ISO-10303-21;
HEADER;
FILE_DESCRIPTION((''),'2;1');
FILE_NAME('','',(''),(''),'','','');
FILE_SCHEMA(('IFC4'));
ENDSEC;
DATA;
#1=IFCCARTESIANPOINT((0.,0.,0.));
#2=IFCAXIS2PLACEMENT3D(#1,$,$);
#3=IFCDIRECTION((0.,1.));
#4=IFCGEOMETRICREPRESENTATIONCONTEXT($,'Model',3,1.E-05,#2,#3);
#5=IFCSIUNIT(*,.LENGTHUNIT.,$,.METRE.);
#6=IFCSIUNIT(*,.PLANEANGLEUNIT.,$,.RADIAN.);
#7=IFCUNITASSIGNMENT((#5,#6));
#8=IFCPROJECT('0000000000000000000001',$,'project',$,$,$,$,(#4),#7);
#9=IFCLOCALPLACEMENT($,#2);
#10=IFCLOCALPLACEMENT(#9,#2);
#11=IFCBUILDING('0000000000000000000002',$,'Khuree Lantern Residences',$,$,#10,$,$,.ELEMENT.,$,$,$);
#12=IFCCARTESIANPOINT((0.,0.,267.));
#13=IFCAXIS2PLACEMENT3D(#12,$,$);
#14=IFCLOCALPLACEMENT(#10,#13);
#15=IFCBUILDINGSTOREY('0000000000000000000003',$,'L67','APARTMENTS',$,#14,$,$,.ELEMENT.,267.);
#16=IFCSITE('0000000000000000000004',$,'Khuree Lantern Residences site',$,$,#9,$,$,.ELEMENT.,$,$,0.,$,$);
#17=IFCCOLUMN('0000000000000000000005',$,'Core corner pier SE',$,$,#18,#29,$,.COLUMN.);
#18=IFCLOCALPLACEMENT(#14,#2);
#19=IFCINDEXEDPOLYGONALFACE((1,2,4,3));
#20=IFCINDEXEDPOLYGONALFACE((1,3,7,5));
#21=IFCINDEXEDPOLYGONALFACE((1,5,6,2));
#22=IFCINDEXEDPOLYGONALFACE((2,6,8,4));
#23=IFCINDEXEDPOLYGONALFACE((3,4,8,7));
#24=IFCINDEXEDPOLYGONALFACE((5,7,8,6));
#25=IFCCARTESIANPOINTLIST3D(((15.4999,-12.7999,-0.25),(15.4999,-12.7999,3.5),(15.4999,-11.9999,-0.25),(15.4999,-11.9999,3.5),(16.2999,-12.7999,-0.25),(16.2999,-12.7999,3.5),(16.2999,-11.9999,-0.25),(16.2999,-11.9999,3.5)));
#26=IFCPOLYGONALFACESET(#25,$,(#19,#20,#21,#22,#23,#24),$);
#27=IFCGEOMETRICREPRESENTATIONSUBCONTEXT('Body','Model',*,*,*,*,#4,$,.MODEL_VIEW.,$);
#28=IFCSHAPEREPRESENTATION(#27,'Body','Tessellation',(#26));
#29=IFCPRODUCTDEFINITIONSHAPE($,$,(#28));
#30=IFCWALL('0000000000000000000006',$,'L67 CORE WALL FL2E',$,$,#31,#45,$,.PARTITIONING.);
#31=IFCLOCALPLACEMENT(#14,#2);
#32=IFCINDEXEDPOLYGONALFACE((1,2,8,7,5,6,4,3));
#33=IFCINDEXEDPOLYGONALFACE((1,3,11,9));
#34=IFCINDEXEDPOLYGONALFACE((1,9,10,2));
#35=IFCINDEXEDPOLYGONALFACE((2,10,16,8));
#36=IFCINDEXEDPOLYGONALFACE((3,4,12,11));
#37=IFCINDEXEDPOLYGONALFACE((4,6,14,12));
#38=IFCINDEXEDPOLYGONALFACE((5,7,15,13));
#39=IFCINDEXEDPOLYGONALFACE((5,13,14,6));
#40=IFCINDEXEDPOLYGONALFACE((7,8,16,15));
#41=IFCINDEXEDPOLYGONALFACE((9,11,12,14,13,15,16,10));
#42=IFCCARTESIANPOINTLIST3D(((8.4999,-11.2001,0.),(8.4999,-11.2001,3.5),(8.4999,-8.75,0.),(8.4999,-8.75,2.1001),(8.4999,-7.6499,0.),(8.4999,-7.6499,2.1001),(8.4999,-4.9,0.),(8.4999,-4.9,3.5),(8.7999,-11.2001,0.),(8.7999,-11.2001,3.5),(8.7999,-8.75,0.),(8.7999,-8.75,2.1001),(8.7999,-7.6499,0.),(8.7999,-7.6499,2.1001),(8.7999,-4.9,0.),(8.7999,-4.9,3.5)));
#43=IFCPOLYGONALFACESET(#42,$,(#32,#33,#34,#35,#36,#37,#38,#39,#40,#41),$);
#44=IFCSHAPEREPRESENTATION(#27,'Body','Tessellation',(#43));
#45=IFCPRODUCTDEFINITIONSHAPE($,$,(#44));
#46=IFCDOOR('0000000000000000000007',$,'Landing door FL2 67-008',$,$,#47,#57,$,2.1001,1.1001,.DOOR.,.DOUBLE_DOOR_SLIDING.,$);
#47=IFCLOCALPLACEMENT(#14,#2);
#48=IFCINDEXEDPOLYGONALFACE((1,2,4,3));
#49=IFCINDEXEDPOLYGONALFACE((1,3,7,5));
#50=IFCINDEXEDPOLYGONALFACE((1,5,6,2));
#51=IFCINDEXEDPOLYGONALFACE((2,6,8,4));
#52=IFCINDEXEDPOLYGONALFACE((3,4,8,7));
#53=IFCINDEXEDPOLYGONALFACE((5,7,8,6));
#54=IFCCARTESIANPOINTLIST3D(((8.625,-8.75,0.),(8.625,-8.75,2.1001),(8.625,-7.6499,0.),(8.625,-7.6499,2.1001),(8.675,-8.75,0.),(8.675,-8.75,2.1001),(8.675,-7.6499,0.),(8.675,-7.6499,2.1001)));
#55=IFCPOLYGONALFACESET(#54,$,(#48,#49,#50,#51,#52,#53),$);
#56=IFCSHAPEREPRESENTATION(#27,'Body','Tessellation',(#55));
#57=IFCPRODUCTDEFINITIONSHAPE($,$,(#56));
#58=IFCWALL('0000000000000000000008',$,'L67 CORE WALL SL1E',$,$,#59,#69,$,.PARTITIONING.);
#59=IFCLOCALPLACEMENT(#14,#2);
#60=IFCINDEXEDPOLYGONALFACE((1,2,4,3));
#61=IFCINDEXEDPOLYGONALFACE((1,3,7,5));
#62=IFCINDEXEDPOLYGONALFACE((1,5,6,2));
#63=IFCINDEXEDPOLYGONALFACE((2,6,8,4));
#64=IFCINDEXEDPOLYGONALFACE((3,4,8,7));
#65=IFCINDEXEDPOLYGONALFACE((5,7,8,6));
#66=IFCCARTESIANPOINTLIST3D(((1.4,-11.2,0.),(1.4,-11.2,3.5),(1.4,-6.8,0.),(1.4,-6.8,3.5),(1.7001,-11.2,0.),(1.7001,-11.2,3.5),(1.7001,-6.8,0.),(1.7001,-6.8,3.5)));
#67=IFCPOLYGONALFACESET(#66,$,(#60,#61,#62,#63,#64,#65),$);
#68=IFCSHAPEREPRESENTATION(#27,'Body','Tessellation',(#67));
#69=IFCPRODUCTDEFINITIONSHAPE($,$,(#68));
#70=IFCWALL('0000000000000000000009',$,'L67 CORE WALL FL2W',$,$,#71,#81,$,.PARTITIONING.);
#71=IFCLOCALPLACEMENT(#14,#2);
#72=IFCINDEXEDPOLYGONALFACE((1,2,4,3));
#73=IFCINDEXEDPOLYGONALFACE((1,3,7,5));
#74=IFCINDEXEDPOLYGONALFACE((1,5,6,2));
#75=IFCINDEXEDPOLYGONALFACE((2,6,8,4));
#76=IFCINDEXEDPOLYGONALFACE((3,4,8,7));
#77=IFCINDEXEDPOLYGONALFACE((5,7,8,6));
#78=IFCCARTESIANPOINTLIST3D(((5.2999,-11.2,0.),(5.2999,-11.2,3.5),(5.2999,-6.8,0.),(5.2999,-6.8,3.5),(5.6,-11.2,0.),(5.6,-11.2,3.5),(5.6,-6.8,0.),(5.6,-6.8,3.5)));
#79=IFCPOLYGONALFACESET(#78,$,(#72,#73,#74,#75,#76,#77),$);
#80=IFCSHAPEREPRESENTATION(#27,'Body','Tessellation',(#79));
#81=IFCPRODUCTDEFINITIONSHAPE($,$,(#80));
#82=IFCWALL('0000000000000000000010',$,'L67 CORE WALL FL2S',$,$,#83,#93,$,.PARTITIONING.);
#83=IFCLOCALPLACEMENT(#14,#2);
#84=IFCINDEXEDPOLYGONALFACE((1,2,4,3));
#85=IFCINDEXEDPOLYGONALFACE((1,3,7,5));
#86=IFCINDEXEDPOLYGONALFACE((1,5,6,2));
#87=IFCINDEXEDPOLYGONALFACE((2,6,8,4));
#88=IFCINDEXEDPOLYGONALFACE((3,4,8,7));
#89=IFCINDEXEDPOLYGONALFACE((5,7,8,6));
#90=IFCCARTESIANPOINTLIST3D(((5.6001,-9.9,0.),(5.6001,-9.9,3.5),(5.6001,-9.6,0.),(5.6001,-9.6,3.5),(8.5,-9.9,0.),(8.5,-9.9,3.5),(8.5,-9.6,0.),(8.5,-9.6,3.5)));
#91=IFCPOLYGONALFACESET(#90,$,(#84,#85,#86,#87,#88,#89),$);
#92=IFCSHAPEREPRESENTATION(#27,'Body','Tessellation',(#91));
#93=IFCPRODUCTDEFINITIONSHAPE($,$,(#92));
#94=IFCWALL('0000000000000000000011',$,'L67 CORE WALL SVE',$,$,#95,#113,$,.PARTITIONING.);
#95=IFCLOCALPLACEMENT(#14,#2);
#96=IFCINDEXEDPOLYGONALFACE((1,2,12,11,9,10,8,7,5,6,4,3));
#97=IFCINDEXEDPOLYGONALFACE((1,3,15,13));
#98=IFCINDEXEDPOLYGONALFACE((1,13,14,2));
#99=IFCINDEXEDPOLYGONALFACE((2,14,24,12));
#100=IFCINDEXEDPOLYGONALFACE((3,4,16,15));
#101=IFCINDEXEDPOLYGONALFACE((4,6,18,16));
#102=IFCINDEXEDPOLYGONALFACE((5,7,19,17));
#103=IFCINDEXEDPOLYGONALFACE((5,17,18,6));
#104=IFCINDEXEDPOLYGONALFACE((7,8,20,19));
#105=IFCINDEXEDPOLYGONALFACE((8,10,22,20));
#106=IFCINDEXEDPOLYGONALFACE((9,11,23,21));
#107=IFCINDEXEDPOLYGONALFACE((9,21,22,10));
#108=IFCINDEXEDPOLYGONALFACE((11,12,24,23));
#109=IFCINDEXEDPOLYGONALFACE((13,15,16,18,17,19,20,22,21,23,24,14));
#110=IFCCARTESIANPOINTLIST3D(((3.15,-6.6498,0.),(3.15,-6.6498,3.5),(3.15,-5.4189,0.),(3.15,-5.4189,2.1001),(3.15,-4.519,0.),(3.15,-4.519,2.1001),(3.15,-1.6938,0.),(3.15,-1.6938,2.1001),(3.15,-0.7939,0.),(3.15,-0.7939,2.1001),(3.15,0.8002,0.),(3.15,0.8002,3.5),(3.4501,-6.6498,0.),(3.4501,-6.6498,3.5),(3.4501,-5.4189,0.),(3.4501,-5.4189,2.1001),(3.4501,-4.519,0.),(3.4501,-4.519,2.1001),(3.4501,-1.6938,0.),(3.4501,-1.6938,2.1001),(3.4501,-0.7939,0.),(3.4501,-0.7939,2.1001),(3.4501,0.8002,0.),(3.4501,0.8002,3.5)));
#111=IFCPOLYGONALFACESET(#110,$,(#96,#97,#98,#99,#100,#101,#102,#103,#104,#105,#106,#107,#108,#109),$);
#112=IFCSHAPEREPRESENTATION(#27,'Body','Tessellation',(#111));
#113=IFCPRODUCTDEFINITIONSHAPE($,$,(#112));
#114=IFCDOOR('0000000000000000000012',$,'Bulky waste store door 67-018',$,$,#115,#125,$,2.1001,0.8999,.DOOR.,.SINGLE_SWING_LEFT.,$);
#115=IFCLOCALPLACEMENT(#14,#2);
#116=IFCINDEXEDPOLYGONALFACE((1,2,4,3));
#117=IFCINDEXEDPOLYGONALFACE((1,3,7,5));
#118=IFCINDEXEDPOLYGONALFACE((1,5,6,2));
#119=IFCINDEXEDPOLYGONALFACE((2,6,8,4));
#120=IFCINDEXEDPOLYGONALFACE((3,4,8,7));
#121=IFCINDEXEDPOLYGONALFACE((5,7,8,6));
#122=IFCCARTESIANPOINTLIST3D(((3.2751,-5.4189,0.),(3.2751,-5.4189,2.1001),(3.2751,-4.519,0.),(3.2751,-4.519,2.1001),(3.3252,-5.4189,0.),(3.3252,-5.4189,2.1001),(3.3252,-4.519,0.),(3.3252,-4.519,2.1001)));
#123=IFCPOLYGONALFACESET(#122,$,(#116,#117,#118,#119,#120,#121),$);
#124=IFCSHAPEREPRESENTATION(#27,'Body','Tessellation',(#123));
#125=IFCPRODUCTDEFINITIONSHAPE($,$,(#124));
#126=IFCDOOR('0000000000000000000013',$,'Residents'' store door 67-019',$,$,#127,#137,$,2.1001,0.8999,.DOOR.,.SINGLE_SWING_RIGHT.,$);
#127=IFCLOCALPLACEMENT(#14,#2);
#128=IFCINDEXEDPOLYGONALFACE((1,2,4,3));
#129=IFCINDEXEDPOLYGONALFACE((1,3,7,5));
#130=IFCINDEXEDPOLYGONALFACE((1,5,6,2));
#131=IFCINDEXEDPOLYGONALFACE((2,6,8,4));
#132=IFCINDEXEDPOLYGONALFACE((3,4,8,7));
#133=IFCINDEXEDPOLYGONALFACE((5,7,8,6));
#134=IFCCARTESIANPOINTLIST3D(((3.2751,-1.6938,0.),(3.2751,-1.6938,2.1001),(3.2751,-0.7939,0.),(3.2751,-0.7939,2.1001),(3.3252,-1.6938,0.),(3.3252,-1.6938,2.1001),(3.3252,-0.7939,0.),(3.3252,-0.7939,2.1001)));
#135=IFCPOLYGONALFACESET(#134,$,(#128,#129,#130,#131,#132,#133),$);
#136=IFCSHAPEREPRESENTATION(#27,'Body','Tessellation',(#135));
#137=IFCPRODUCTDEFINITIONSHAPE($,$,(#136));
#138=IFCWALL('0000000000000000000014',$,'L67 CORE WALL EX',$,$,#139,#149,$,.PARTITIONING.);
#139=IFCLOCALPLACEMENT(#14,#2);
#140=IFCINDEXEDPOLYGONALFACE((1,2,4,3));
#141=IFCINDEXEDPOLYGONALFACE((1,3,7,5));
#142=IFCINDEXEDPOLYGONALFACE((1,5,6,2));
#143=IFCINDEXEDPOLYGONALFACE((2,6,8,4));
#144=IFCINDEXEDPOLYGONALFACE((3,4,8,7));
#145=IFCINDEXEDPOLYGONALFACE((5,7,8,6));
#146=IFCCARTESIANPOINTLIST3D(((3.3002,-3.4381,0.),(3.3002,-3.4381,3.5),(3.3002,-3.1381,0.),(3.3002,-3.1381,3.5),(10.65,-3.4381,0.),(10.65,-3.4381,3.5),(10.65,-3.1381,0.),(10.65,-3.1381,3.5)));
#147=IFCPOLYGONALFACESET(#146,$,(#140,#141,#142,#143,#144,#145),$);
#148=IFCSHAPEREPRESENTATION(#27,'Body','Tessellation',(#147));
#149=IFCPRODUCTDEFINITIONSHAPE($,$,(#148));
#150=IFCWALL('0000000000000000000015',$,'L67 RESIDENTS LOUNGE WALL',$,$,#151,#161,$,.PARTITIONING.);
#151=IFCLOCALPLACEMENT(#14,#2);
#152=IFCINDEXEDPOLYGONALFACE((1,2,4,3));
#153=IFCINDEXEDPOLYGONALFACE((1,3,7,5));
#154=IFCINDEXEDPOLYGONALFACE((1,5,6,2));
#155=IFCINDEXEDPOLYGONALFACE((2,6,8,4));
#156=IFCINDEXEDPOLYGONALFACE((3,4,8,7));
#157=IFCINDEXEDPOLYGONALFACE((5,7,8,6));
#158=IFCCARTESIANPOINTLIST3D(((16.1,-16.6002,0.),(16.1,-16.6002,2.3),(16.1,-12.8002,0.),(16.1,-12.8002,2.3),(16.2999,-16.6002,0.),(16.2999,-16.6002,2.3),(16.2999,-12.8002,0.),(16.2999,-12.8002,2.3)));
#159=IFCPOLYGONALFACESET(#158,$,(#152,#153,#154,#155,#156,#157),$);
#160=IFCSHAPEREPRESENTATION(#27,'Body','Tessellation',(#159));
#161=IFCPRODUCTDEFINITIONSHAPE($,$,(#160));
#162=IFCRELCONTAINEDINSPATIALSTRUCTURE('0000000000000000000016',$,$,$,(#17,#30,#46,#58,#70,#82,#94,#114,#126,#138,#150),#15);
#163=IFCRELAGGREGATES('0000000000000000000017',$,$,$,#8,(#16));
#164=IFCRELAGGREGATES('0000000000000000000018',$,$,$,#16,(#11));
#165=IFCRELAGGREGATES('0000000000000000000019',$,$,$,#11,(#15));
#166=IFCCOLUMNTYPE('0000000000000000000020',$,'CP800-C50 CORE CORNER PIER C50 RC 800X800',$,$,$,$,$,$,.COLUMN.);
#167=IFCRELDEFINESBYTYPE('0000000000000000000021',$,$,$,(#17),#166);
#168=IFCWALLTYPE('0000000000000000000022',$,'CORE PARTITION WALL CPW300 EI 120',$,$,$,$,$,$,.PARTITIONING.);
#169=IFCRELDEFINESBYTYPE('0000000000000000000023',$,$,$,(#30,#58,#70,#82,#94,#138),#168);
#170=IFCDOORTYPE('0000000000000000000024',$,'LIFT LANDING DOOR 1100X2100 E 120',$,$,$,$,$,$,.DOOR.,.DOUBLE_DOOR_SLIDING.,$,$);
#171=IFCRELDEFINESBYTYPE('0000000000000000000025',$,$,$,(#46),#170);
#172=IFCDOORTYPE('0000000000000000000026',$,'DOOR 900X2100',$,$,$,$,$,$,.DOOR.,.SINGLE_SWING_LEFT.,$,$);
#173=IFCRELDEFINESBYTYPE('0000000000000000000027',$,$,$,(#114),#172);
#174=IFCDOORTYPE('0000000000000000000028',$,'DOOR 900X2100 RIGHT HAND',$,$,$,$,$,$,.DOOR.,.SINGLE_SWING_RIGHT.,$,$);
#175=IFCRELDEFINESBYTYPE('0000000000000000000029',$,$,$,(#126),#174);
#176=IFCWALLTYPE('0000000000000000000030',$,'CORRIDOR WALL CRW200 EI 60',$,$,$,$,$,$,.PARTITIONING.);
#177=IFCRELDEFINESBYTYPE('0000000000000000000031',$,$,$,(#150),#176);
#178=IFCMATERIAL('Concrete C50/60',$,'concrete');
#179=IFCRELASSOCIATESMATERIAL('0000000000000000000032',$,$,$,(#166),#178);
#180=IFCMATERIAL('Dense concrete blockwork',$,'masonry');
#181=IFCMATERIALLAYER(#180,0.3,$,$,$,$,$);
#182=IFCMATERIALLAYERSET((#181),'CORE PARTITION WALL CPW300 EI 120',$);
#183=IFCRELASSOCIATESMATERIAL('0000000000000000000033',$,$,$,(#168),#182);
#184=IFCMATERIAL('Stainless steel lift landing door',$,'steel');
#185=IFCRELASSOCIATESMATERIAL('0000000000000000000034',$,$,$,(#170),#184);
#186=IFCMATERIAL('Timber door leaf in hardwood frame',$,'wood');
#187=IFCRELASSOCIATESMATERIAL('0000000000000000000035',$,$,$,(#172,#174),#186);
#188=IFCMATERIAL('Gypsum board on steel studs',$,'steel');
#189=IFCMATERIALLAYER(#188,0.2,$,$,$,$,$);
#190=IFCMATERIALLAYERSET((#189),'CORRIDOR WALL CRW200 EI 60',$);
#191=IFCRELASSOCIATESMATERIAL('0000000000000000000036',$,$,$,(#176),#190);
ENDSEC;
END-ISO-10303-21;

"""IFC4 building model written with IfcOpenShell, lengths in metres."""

from ifc_helpers import new_model, si_unit, direction, frame, frame_2d, origin, origin_2d, place, context, subcontext, project, spatial, rectangle, extrude, material, layer, layer_set, material_profile, profile_set, type_object, element, fill, save


model = new_model("IFC4")

# Units and contexts
model_context = context("Model", 3, precision=1e-05, world=origin(), true_north=direction((0.0, 1.0)))
body_context = subcontext(model_context, "Body", "Model", "MODEL_VIEW")
ifc_project = project(units=[si_unit("LENGTHUNIT", "METRE"), si_unit("PLANEANGLEUNIT", "RADIAN")], contexts=[model_context])

# Site, building, storey
site_placement = place(None, origin())
site = spatial("IfcSite", under=ifc_project, at=site_placement, Name="Khuree Lantern Residences site", CompositionType="ELEMENT", RefElevation=0.0)
building_placement = place(site_placement, origin())
building = spatial("IfcBuilding", under=site, at=building_placement, Name="Khuree Lantern Residences", CompositionType="ELEMENT")
storey_placement = place(building_placement, frame((0.0, 0.0, 267.0)))
storey = spatial("IfcBuildingStorey", under=building, at=storey_placement, Name="L67", Description="APARTMENTS", CompositionType="ELEMENT", Elevation=267.0)

# Column
ifc_material_1 = material(Name="Concrete C50/60", Category="concrete")
ifc_material_profile = material_profile(ifc_material_1, rectangle(XDim=0.8, YDim=0.8, at=origin_2d()), Name="RC 800X800")
ifc_profile_set = profile_set([ifc_material_profile], Name="Concrete C50/60")
column_type = type_object("IfcColumnType", Name="CP800-C50 CORE CORNER PIER C50 RC 800X800", PredefinedType="COLUMN", material=ifc_profile_set)
column_placement = place(storey_placement, frame((15.8999, -12.3999, -0.25), z_axis=(0.0, 0.0, 1.0), x_axis=(1.0, 0.0, 0.0)))
element("IfcColumn", 1, at=column_placement, inside=storey, type_object=column_type, Name="Core corner pier SE", PredefinedType="COLUMN", context=body_context, shape_type="SweptSolid", body=[
    extrude(rectangle(XDim=0.8, YDim=0.8, at=origin_2d()), origin(), (0.0, 0.0, 1.0), 3.75),
])

# Wall, opening, door
ifc_material_2 = material(Name="Dense concrete blockwork", Category="masonry")
ifc_layer_1 = layer(ifc_material_2, 0.3)
ifc_layer_set_1 = layer_set([ifc_layer_1], Name="CORE PARTITION WALL CPW300 EI 120")
wall_type_1 = type_object("IfcWallType", Name="CORE PARTITION WALL CPW300 EI 120", PredefinedType="PARTITIONING", material=ifc_layer_set_1)
wall_1_placement = place(storey_placement, frame((8.6499, -11.2, 0.0), z_axis=(0.0, 0.0, 1.0), x_axis=(0.0, 1.0, 0.0)))
wall_1 = element("IfcWall", 2, at=wall_1_placement, inside=storey, type_object=wall_type_1, Name="L67 CORE WALL FL2E", PredefinedType="PARTITIONING", context=body_context, shape_type="SweptSolid", body=[
    extrude(rectangle(XDim=6.3, YDim=0.3, at=frame_2d((3.1499, 0.0))), origin(), (0.0, 0.0, 1.0), 3.5),
])
opening_1_placement = place(wall_1_placement, frame((2.45, 0.0, 0.0)))
opening_1 = element("IfcOpeningElement", 3, at=opening_1_placement, cuts=wall_1, PredefinedType="OPENING", context=body_context, shape_type="SweptSolid", body=[
    extrude(rectangle(XDim=1.1001, YDim=2.1001, at=frame_2d((0.55, 1.05))), frame((0.0, 0.1602, 0.0), z_axis=(0.0, -1.0, 0.0), x_axis=(1.0, 0.0, 0.0)), (0.0, 0.0, 1.0), 0.3201),
])
ifc_material_3 = material(Name="Stainless steel lift landing door", Category="steel")
door_type_1 = type_object("IfcDoorType", Name="LIFT LANDING DOOR 1100X2100 E 120", OperationType="DOUBLE_DOOR_SLIDING", PredefinedType="DOOR", material=ifc_material_3)
door_1_placement = place(opening_1_placement, origin())
door_1 = element("IfcDoor", 4, at=door_1_placement, inside=storey, type_object=door_type_1, Name="Landing door FL2 67-008", OperationType="DOUBLE_DOOR_SLIDING", OverallHeight=2.1001, OverallWidth=1.1001, PredefinedType="DOOR", context=body_context, shape_type="SweptSolid", body=[
    extrude(rectangle(XDim=1.1001, YDim=2.1001, at=frame_2d((0.55, 1.05))), frame((0.0, 0.0249, 0.0), z_axis=(0.0, -1.0, 0.0), x_axis=(1.0, 0.0, 0.0)), (0.0, 0.0, 1.0), 0.05),
])
fill(opening_1, door_1)

# Walls
for number, where, z_axis, x_axis, name in (
    (5, (1.55, -11.2, 0.0), (0.0, 0.0, 1.0), (0.0, 1.0, 0.0), "L67 CORE WALL SL1E"),
    (6, (5.45, -11.2, 0.0), (0.0, 0.0, 1.0), (0.0, 1.0, 0.0), "L67 CORE WALL FL2W"),
):
    element("IfcWall", number, at=place(storey_placement, frame(where, z_axis=z_axis, x_axis=x_axis)), inside=storey, type_object=wall_type_1, Name=name, PredefinedType="PARTITIONING", context=body_context, shape_type="SweptSolid", body=[
        extrude(rectangle(XDim=4.3999, YDim=0.3, at=frame_2d((2.2, 0.0))), origin(), (0.0, 0.0, 1.0), 3.5),
    ])
wall_2_placement = place(storey_placement, frame((5.6001, -9.75, 0.0), z_axis=(0.0, 0.0, 1.0), x_axis=(1.0, 0.0, 0.0)))
element("IfcWall", 7, at=wall_2_placement, inside=storey, type_object=wall_type_1, Name="L67 CORE WALL FL2S", PredefinedType="PARTITIONING", context=body_context, shape_type="SweptSolid", body=[
    extrude(rectangle(XDim=2.8999, YDim=0.3, at=frame_2d((1.45, 0.0))), origin(), (0.0, 0.0, 1.0), 3.5),
])

# Wall, openings, doors
wall_3_placement = place(storey_placement, frame((3.3, -6.6499, 0.0), z_axis=(0.0, 0.0, 1.0), x_axis=(0.0, 1.0, 0.0)))
wall_3 = element("IfcWall", 8, at=wall_3_placement, inside=storey, type_object=wall_type_1, Name="L67 CORE WALL SVE", PredefinedType="PARTITIONING", context=body_context, shape_type="SweptSolid", body=[
    extrude(rectangle(XDim=7.45, YDim=0.3, at=frame_2d((3.7251, 0.0))), origin(), (0.0, 0.0, 1.0), 3.5),
])
opening_2_placement = place(wall_3_placement, frame((1.231, 0.0, 0.0)))
opening_2 = element("IfcOpeningElement", 9, at=opening_2_placement, cuts=wall_3, PredefinedType="OPENING", context=body_context, shape_type="SweptSolid", body=[
    extrude(rectangle(XDim=0.8999, YDim=2.1001, at=frame_2d((0.45, 1.05))), frame((0.0, 0.1602, 0.0), z_axis=(0.0, -1.0, 0.0), x_axis=(1.0, 0.0, 0.0)), (0.0, 0.0, 1.0), 0.3201),
])
opening_3_placement = place(wall_3_placement, frame((4.9561, 0.0, 0.0)))
opening_3 = element("IfcOpeningElement", 10, at=opening_3_placement, cuts=wall_3, PredefinedType="OPENING", context=body_context, shape_type="SweptSolid", body=[
    extrude(rectangle(XDim=0.8999, YDim=2.1001, at=frame_2d((0.45, 1.05))), frame((0.0, 0.1602, 0.0), z_axis=(0.0, -1.0, 0.0), x_axis=(1.0, 0.0, 0.0)), (0.0, 0.0, 1.0), 0.3201),
])
ifc_material_4 = material(Name="Timber door leaf in hardwood frame", Category="wood")
door_type_2 = type_object("IfcDoorType", Name="DOOR 900X2100", OperationType="SINGLE_SWING_LEFT", PredefinedType="DOOR", material=ifc_material_4)
door_2_placement = place(opening_2_placement, origin())
door_2 = element("IfcDoor", 11, at=door_2_placement, inside=storey, type_object=door_type_2, Name="Bulky waste store door 67-018", OperationType="SINGLE_SWING_LEFT", OverallHeight=2.1001, OverallWidth=0.8999, PredefinedType="DOOR", context=body_context, shape_type="SweptSolid", body=[
    extrude(rectangle(XDim=0.8999, YDim=2.1001, at=frame_2d((0.45, 1.05))), frame((0.0, 0.0249, 0.0), z_axis=(0.0, -1.0, 0.0), x_axis=(1.0, 0.0, 0.0)), (0.0, 0.0, 1.0), 0.05),
])
fill(opening_2, door_2)
door_type_3 = type_object("IfcDoorType", Name="DOOR 900X2100 RIGHT HAND", OperationType="SINGLE_SWING_RIGHT", PredefinedType="DOOR", material=ifc_material_4)
door_3_placement = place(opening_3_placement, origin())
door_3 = element("IfcDoor", 12, at=door_3_placement, inside=storey, type_object=door_type_3, Name="Residents' store door 67-019", OperationType="SINGLE_SWING_RIGHT", OverallHeight=2.1001, OverallWidth=0.8999, PredefinedType="DOOR", context=body_context, shape_type="SweptSolid", body=[
    extrude(rectangle(XDim=0.8999, YDim=2.1001, at=frame_2d((0.45, 1.05))), frame((0.0, 0.0249, 0.0), z_axis=(0.0, -1.0, 0.0), x_axis=(1.0, 0.0, 0.0)), (0.0, 0.0, 1.0), 0.05),
])
fill(opening_3, door_3)

# Walls
wall_4_placement = place(storey_placement, frame((10.6499, -3.2881, 0.0), z_axis=(0.0, 0.0, 1.0), x_axis=(-1.0, 0.0, 0.0)))
element("IfcWall", 13, at=wall_4_placement, inside=storey, type_object=wall_type_1, Name="L67 CORE WALL EX", PredefinedType="PARTITIONING", context=body_context, shape_type="SweptSolid", body=[
    extrude(rectangle(XDim=7.3499, YDim=0.3, at=frame_2d((3.6748, 0.0))), origin(), (0.0, 0.0, 1.0), 3.5),
])
ifc_material_5 = material(Name="Gypsum board on steel studs", Category="steel")
ifc_layer_2 = layer(ifc_material_5, 0.2)
ifc_layer_set_2 = layer_set([ifc_layer_2], Name="CORRIDOR WALL CRW200 EI 60")
wall_type_2 = type_object("IfcWallType", Name="CORRIDOR WALL CRW200 EI 60", PredefinedType="PARTITIONING", material=ifc_layer_set_2)
wall_5_placement = place(storey_placement, frame((16.2, -16.6001, 0.0), z_axis=(0.0, 0.0, 1.0), x_axis=(0.0, 1.0, 0.0)))
element("IfcWall", 14, at=wall_5_placement, inside=storey, type_object=wall_type_2, Name="L67 RESIDENTS LOUNGE WALL", PredefinedType="PARTITIONING", context=body_context, shape_type="SweptSolid", body=[
    extrude(rectangle(XDim=3.8, YDim=0.2, at=frame_2d((1.8999, 0.0))), origin(), (0.0, 0.0, 1.0), 2.3),
])

save(model, "model.ifc")
